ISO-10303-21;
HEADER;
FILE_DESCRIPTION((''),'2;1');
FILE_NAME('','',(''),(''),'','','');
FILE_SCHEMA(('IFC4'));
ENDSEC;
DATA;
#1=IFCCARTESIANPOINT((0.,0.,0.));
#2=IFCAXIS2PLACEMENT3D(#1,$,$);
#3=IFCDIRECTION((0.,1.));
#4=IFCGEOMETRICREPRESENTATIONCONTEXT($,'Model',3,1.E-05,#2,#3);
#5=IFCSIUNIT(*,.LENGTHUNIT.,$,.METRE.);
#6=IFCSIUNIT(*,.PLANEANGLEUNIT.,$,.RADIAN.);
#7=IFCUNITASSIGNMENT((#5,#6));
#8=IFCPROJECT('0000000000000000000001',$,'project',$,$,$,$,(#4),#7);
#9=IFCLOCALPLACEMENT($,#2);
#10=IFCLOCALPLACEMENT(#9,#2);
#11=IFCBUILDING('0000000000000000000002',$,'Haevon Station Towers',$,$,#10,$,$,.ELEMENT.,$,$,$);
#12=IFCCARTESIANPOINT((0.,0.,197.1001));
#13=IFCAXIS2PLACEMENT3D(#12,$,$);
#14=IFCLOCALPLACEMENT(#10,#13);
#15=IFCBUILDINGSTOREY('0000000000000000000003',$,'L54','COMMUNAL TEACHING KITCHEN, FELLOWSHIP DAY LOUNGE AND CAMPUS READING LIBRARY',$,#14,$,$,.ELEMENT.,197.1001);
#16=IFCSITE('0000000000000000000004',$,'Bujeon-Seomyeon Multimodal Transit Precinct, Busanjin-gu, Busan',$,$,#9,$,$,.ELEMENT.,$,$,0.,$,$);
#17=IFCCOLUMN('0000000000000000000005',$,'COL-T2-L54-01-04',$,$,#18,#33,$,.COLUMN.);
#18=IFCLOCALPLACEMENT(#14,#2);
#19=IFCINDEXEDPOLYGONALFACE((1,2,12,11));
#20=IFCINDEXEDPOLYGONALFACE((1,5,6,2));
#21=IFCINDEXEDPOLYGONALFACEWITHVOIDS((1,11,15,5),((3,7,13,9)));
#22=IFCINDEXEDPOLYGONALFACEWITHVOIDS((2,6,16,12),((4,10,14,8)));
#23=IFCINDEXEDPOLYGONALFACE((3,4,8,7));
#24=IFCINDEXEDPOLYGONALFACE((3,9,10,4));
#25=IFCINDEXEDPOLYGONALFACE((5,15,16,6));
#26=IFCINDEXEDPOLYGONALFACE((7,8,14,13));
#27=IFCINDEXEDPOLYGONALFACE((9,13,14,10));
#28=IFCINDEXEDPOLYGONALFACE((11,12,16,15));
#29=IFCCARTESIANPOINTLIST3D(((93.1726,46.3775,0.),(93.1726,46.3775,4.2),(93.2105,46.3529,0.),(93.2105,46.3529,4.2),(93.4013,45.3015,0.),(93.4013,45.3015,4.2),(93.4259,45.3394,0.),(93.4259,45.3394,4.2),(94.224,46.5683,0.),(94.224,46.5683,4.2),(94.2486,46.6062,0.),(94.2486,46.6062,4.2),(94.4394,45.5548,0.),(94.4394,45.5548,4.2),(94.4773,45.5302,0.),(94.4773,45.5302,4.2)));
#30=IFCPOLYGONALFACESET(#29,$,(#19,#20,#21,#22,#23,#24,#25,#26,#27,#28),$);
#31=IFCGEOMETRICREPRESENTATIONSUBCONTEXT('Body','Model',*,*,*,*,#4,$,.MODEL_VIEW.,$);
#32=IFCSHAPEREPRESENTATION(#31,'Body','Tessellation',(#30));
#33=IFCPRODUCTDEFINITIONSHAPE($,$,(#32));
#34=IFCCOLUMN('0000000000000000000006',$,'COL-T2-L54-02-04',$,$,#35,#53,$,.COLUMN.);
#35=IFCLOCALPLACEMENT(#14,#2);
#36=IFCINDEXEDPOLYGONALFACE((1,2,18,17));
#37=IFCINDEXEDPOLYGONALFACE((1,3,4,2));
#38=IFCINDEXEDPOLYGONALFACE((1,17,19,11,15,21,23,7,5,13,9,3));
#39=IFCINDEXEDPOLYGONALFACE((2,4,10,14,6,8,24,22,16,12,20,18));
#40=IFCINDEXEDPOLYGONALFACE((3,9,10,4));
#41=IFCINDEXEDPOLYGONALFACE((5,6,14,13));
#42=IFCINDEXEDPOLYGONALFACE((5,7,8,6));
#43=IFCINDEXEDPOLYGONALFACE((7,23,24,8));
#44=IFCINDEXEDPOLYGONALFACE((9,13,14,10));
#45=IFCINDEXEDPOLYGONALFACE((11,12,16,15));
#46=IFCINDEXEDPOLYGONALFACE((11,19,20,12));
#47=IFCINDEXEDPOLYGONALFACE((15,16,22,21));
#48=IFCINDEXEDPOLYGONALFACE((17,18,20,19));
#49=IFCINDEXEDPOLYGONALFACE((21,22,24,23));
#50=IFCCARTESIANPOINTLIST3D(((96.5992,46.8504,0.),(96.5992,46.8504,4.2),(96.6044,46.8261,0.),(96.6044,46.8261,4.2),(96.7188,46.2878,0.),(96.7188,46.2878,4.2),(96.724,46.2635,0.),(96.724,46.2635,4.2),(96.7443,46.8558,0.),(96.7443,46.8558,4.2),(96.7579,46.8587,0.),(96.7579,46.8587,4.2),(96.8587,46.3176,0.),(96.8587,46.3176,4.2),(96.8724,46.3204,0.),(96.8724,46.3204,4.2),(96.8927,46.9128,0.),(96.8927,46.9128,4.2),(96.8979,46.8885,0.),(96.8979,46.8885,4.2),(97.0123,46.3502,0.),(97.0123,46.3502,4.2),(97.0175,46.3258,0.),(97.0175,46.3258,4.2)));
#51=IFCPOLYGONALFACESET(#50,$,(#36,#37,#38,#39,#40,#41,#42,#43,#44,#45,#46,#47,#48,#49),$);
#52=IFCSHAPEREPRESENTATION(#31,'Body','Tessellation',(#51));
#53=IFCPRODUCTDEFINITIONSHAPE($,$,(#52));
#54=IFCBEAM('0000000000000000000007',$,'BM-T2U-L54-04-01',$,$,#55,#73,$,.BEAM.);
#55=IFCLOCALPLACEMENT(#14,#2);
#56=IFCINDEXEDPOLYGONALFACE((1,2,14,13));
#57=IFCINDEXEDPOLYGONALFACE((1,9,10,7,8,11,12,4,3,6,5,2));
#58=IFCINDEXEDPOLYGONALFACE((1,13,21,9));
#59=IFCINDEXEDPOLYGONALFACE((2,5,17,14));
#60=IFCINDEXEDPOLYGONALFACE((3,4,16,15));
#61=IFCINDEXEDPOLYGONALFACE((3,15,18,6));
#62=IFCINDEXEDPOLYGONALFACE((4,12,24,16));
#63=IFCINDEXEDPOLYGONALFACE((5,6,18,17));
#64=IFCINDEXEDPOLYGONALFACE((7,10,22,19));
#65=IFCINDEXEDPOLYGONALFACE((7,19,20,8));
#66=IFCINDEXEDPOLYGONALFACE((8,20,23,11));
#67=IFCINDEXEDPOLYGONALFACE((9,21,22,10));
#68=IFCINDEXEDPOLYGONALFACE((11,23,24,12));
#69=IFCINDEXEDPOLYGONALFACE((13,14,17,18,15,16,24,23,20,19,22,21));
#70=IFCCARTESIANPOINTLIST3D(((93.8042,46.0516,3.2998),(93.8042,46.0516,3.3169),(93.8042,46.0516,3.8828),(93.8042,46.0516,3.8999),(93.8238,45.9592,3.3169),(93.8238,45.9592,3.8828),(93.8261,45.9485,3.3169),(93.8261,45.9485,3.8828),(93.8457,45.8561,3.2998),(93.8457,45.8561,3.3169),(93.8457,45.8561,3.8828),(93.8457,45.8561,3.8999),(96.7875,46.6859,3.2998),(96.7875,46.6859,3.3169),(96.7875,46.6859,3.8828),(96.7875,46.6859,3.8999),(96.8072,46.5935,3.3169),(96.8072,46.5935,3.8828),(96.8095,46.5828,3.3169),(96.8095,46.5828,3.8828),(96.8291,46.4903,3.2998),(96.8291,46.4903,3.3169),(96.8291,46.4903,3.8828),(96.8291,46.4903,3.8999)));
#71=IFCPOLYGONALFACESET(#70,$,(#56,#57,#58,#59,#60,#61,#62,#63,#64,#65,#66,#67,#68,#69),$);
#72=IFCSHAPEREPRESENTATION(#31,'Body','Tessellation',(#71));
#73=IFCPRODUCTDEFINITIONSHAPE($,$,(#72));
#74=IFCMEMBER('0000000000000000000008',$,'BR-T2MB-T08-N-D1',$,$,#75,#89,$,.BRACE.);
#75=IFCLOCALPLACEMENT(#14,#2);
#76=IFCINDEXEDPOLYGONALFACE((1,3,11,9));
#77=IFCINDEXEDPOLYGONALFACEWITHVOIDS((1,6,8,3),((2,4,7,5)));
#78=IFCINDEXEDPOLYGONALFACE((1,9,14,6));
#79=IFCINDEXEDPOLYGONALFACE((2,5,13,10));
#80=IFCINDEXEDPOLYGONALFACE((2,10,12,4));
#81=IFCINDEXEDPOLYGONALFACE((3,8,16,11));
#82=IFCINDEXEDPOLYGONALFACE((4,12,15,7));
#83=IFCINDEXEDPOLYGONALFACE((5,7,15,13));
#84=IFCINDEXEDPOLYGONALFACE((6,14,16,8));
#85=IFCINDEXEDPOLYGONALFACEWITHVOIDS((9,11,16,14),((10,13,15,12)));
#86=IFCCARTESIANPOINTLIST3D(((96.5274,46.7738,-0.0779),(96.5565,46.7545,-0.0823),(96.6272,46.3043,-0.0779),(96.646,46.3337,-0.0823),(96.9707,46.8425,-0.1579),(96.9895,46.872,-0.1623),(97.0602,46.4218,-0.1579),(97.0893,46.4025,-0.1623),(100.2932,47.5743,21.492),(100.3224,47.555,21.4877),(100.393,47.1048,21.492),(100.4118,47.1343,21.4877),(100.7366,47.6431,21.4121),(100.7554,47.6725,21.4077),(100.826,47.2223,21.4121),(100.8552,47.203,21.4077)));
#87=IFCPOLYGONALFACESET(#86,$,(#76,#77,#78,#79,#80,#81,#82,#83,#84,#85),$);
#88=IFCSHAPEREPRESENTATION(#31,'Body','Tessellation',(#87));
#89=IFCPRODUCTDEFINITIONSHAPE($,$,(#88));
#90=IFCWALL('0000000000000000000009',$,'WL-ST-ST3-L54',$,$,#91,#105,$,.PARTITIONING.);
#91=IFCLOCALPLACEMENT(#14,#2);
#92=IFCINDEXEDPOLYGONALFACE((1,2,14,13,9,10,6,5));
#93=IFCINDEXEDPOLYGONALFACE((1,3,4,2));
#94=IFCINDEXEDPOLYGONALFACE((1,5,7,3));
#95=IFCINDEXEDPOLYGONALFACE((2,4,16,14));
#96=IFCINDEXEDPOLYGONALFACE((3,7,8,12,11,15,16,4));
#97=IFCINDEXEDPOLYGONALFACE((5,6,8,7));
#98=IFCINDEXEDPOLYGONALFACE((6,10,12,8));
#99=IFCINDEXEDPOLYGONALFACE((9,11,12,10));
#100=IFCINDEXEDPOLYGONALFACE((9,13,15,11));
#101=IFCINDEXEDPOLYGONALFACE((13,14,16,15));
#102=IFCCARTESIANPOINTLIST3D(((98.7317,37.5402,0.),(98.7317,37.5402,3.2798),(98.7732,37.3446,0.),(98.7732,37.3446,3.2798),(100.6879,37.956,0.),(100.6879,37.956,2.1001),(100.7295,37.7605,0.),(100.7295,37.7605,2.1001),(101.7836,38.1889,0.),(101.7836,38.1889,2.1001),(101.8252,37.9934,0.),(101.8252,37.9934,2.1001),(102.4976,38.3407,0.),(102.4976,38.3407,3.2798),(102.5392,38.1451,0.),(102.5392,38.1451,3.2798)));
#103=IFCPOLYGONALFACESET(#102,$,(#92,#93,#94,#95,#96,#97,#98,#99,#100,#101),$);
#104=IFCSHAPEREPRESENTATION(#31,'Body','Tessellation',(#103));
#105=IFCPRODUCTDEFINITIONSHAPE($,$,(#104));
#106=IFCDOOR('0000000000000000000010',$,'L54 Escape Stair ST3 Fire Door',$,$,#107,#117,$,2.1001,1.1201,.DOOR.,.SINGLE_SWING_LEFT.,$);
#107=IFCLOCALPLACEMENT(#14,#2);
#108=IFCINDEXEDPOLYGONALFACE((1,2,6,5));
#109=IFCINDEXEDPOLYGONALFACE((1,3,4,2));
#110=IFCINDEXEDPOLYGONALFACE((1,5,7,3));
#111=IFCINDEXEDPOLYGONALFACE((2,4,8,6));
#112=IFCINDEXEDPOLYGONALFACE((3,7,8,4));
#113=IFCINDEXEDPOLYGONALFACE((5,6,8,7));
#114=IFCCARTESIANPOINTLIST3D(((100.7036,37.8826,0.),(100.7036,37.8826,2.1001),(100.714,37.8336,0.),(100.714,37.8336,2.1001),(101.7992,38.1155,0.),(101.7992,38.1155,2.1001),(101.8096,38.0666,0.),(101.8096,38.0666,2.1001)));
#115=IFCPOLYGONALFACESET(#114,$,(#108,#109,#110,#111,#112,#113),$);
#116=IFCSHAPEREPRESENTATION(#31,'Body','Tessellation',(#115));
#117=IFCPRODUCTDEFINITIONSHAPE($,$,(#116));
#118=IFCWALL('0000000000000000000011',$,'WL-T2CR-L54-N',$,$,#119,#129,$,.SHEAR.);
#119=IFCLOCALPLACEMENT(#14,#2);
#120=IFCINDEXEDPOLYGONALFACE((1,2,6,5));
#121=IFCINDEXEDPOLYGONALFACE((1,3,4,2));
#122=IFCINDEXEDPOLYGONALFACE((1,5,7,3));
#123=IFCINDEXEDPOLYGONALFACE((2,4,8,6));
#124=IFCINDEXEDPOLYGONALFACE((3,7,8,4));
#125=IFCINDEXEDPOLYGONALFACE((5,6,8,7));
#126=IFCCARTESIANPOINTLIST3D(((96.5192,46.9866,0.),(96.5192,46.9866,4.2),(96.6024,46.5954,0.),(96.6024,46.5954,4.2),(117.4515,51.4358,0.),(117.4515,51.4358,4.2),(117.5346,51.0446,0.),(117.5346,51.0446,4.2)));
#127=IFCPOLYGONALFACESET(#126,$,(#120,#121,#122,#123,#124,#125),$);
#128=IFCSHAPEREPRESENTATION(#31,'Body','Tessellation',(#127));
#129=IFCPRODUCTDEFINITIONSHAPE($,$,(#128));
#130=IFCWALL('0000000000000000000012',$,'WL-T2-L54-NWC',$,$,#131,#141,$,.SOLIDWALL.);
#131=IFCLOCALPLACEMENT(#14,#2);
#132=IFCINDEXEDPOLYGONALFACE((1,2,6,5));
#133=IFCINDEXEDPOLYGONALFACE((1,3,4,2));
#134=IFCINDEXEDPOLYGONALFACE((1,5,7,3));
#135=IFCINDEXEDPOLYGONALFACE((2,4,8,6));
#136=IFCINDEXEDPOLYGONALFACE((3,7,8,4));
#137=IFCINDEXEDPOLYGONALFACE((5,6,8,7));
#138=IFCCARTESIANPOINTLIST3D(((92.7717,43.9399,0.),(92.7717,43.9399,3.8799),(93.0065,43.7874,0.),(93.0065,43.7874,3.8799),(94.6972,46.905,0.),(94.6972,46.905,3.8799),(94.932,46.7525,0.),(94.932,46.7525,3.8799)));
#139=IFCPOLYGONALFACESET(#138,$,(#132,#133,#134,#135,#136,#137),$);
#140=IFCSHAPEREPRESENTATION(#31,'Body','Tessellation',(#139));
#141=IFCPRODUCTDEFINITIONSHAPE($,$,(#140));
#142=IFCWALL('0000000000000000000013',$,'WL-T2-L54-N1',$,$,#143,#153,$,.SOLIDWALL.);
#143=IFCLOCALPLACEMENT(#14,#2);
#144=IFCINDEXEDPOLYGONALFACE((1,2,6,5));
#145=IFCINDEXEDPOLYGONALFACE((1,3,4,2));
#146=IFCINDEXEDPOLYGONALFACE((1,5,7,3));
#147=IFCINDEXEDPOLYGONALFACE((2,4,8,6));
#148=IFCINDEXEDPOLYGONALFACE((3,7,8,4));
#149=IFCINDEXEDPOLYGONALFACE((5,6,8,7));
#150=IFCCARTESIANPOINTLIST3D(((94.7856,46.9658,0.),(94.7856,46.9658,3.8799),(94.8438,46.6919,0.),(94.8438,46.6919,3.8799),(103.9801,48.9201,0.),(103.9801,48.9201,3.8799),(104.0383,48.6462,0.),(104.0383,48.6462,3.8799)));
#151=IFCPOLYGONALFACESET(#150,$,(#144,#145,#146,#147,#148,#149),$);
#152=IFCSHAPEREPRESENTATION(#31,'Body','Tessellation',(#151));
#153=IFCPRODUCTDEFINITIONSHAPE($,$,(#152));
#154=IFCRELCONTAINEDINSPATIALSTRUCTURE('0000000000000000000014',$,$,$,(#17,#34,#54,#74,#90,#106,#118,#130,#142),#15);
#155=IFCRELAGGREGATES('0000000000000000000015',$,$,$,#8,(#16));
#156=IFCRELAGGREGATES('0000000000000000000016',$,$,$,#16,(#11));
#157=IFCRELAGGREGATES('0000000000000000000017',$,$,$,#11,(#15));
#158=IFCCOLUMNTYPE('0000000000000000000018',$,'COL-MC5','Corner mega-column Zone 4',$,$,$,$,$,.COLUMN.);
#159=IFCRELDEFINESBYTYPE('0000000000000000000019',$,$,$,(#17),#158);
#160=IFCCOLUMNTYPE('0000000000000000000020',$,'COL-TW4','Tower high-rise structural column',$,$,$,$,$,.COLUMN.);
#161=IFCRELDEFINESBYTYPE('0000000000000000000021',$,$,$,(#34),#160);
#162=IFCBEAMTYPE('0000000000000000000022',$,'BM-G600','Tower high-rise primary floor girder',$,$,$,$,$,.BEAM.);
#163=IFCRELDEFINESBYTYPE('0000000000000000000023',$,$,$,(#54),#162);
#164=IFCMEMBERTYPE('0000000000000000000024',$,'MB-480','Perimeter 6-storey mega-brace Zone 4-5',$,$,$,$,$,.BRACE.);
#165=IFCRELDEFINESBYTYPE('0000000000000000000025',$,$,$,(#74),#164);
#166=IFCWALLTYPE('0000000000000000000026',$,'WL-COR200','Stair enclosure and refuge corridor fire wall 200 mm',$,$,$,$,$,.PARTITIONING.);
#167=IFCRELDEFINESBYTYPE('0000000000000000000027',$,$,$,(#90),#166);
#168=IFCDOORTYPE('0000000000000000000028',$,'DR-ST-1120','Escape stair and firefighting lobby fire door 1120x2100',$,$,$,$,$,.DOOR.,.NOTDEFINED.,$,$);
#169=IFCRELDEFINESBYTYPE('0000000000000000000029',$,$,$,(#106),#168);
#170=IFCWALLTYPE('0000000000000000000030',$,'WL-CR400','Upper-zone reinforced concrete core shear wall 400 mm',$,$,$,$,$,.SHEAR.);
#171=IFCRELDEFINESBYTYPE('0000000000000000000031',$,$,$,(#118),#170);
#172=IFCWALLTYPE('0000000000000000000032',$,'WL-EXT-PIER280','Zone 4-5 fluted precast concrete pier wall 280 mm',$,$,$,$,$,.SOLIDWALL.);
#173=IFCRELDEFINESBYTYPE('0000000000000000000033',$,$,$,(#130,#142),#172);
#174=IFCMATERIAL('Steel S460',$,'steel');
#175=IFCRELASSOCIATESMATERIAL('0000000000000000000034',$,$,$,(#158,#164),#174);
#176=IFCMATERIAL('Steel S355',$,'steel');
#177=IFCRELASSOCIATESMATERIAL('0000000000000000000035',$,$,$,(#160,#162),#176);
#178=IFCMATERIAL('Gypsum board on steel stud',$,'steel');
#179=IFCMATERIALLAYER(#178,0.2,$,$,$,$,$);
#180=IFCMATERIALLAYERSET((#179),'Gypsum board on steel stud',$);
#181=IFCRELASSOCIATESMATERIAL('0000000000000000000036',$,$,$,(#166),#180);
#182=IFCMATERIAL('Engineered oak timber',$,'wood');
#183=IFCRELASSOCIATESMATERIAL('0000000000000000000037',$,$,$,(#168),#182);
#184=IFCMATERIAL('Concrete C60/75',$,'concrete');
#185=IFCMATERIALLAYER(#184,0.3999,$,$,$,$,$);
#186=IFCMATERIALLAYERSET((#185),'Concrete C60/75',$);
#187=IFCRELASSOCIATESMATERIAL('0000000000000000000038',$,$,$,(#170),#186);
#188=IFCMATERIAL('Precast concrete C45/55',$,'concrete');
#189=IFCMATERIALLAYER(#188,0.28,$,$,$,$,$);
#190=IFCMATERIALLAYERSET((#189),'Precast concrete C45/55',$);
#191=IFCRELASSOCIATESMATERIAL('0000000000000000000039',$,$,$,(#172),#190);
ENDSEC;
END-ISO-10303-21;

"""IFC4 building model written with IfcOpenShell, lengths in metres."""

from ifc_helpers import new_model, si_unit, direction, frame, frame_2d, origin, origin_2d, place, context, subcontext, project, spatial, rectangle, hollow_rectangle, i_section, extrude, material, layer, layer_set, material_profile, profile_set, type_object, element, fill, save


model = new_model("IFC4")

# Units and contexts
model_context = context("Model", 3, precision=1e-05, world=origin(), true_north=direction((0.0, 1.0)))
body_context = subcontext(model_context, "Body", "Model", "MODEL_VIEW")
ifc_project = project(units=[si_unit("LENGTHUNIT", "METRE"), si_unit("PLANEANGLEUNIT", "RADIAN")], contexts=[model_context])

# Site, building, storey
site_placement = place(None, origin())
site = spatial("IfcSite", under=ifc_project, at=site_placement, Name="Bujeon-Seomyeon Multimodal Transit Precinct, Busanjin-gu, Busan", CompositionType="ELEMENT", RefElevation=0.0)
building_placement = place(site_placement, origin())
building = spatial("IfcBuilding", under=site, at=building_placement, Name="Haevon Station Towers", CompositionType="ELEMENT")
storey_placement = place(building_placement, frame((0.0, 0.0, 197.1001)))
storey = spatial("IfcBuildingStorey", under=building, at=storey_placement, Name="L54", Description="COMMUNAL TEACHING KITCHEN, FELLOWSHIP DAY LOUNGE AND CAMPUS READING LIBRARY", CompositionType="ELEMENT", Elevation=197.1001)

# Columns
ifc_material_1 = material(Name="Steel S460", Category="steel")
ifc_material_profile_1 = material_profile(ifc_material_1, hollow_rectangle(XDim=1.1001, YDim=1.1001, WallThickness=0.032, at=origin_2d()), Name="BOX-1100x1100x32")
ifc_profile_set_1 = profile_set([ifc_material_profile_1], Name="Steel S460")
column_type_1 = type_object("IfcColumnType", Name="COL-MC5", Description="Corner mega-column Zone 4", PredefinedType="COLUMN", material=ifc_profile_set_1)
column_1_placement = place(storey_placement, frame((93.825, 45.9539, 0.0), z_axis=(0.0, 0.0, 1.0), x_axis=(0.978148, 0.207912, 0.0)))
element("IfcColumn", 1, at=column_1_placement, inside=storey, type_object=column_type_1, Name="COL-T2-L54-01-04", PredefinedType="COLUMN", context=body_context, shape_type="SweptSolid", body=[
    extrude(hollow_rectangle(XDim=1.1001, YDim=1.1001, WallThickness=0.032, at=origin_2d()), origin(), (0.0, 0.0, 1.0), 4.2),
])
ifc_material_2 = material(Name="Steel S355", Category="steel")
ifc_material_profile_2 = material_profile(ifc_material_2, i_section(OverallWidth=0.3, OverallDepth=0.6001, WebThickness=0.0139, FlangeThickness=0.0249, at=origin_2d()), Name="H-600x300x14x25")
ifc_profile_set_2 = profile_set([ifc_material_profile_2], Name="Steel S355")
column_type_2 = type_object("IfcColumnType", Name="COL-TW4", Description="Tower high-rise structural column", PredefinedType="COLUMN", material=ifc_profile_set_2)
column_2_placement = place(storey_placement, frame((96.8083, 46.5881, 0.0), z_axis=(0.0, 0.0, 1.0), x_axis=(0.978148, 0.207912, 0.0)))
element("IfcColumn", 2, at=column_2_placement, inside=storey, type_object=column_type_2, Name="COL-T2-L54-02-04", PredefinedType="COLUMN", context=body_context, shape_type="SweptSolid", body=[
    extrude(i_section(OverallWidth=0.3, OverallDepth=0.6001, WebThickness=0.0139, FlangeThickness=0.0249, at=origin_2d()), origin(), (0.0, 0.0, 1.0), 4.2),
])

# Beam
ifc_material_profile_3 = material_profile(ifc_material_2, i_section(OverallWidth=0.2, OverallDepth=0.6001, WebThickness=0.011, FlangeThickness=0.0171, at=origin_2d()), Name="H-600x200x11x17")
ifc_profile_set_3 = profile_set([ifc_material_profile_3], Name="Steel S355")
beam_type = type_object("IfcBeamType", Name="BM-G600", Description="Tower high-rise primary floor girder", PredefinedType="BEAM", material=ifc_profile_set_3)
beam_placement = place(storey_placement, frame((93.825, 45.9539, 3.5999), z_axis=(0.978139, 0.207954, 0.0), x_axis=(-0.207954, 0.978139, 0.0)))
element("IfcBeam", 3, at=beam_placement, inside=storey, type_object=beam_type, Name="BM-T2U-L54-04-01", PredefinedType="BEAM", context=body_context, shape_type="SweptSolid", body=[
    extrude(i_section(OverallWidth=0.2, OverallDepth=0.6001, WebThickness=0.011, FlangeThickness=0.0171, at=origin_2d()), origin(), (0.0, 0.0, 1.0), 3.05),
])

# Member
ifc_material_profile_4 = material_profile(ifc_material_1, hollow_rectangle(XDim=0.48, YDim=0.48, WallThickness=0.0249, at=origin_2d()), Name="RHS-480x480x25")
ifc_profile_set_4 = profile_set([ifc_material_profile_4], Name="Steel S460")
member_type = type_object("IfcMemberType", Name="MB-480", Description="Perimeter 6-storey mega-brace Zone 4-5", PredefinedType="BRACE", material=ifc_profile_set_4)
member_placement = place(storey_placement, frame((96.8083, 46.5881, -0.1201), z_axis=(0.171871, 0.036536, 0.984442), x_axis=(-0.207931, 0.978144, 0.0)))
element("IfcMember", 4, at=member_placement, inside=storey, type_object=member_type, Name="BR-T2MB-T08-N-D1", PredefinedType="BRACE", context=body_context, shape_type="SweptSolid", body=[
    extrude(hollow_rectangle(XDim=0.48, YDim=0.48, WallThickness=0.0249, at=origin_2d()), origin(), (0.0, 0.0, 1.0), 21.9109),
])

# Wall, opening, door
ifc_material_3 = material(Name="Gypsum board on steel stud", Category="steel")
ifc_layer_1 = layer(ifc_material_3, 0.2)
ifc_layer_set_1 = layer_set([ifc_layer_1], Name="Gypsum board on steel stud")
wall_type_1 = type_object("IfcWallType", Name="WL-COR200", Description="Stair enclosure and refuge corridor fire wall 200 mm", PredefinedType="PARTITIONING", material=ifc_layer_set_1)
wall_1_placement = place(storey_placement, frame((98.7524, 37.4424, 0.0), z_axis=(0.0, 0.0, 1.0), x_axis=(0.978144, 0.207931, 0.0)))
wall_1 = element("IfcWall", 5, at=wall_1_placement, inside=storey, type_object=wall_type_1, Name="WL-ST-ST3-L54", PredefinedType="PARTITIONING", context=body_context, shape_type="SweptSolid", body=[
    extrude(rectangle(XDim=3.8501, YDim=0.2, at=frame_2d((1.925, 0.0))), origin(), (0.0, 0.0, 1.0), 3.2798),
])
opening_placement = place(wall_1_placement, frame((2.0, 0.0, 0.0)))
opening = element("IfcOpeningElement", 6, at=opening_placement, cuts=wall_1, PredefinedType="OPENING", context=body_context, shape_type="SweptSolid", body=[
    extrude(rectangle(XDim=1.1201, YDim=2.1001, at=frame_2d((0.5601, 1.05))), frame((0.0, 0.1099, 0.0), z_axis=(0.0, -1.0, 0.0), x_axis=(1.0, 0.0, 0.0)), (0.0, 0.0, 1.0), 0.22),
])
ifc_material_4 = material(Name="Engineered oak timber", Category="wood")
door_type = type_object("IfcDoorType", Name="DR-ST-1120", Description="Escape stair and firefighting lobby fire door 1120x2100", OperationType="NOTDEFINED", PredefinedType="DOOR", material=ifc_material_4)
door_placement = place(opening_placement, origin())
door = element("IfcDoor", 7, at=door_placement, inside=storey, type_object=door_type, Name="L54 Escape Stair ST3 Fire Door", OperationType="SINGLE_SWING_LEFT", OverallHeight=2.1001, OverallWidth=1.1201, PredefinedType="DOOR", context=body_context, shape_type="SweptSolid", body=[
    extrude(rectangle(XDim=1.1201, YDim=2.1001, at=frame_2d((0.5601, 1.05))), frame((0.0, 0.0249, 0.0), z_axis=(0.0, -1.0, 0.0), x_axis=(1.0, 0.0, 0.0)), (0.0, 0.0, 1.0), 0.05),
])
fill(opening, door)

# Walls
ifc_material_5 = material(Name="Concrete C60/75", Category="concrete")
ifc_layer_2 = layer(ifc_material_5, 0.3999)
ifc_layer_set_2 = layer_set([ifc_layer_2], Name="Concrete C60/75")
wall_type_2 = type_object("IfcWallType", Name="WL-CR400", Description="Upper-zone reinforced concrete core shear wall 400 mm", PredefinedType="SHEAR", material=ifc_layer_set_2)
wall_2_placement = place(storey_placement, frame((96.5608, 46.791, 0.0), z_axis=(0.0, 0.0, 1.0), x_axis=(0.978148, 0.207907, 0.0)))
element("IfcWall", 8, at=wall_2_placement, inside=storey, type_object=wall_type_2, Name="WL-T2CR-L54-N", PredefinedType="SHEAR", context=body_context, shape_type="SweptSolid", body=[
    extrude(rectangle(XDim=21.3999, YDim=0.3999, at=frame_2d((10.7, 0.0))), origin(), (0.0, 0.0, 1.0), 4.2),
])
ifc_material_6 = material(Name="Precast concrete C45/55", Category="concrete")
ifc_layer_3 = layer(ifc_material_6, 0.28)
ifc_layer_set_3 = layer_set([ifc_layer_3], Name="Precast concrete C45/55")
wall_type_3 = type_object("IfcWallType", Name="WL-EXT-PIER280", Description="Zone 4-5 fluted precast concrete pier wall 280 mm", PredefinedType="SOLIDWALL", material=ifc_layer_set_3)
wall_3_placement = place(storey_placement, frame((92.8892, 43.8638, 0.0), z_axis=(0.0, 0.0, 1.0), x_axis=(0.544636, 0.838672, 0.0)))
element("IfcWall", 9, at=wall_3_placement, inside=storey, type_object=wall_type_3, Name="WL-T2-L54-NWC", PredefinedType="SOLIDWALL", context=body_context, shape_type="SweptSolid", body=[
    extrude(rectangle(XDim=3.5354, YDim=0.28, at=frame_2d((1.7676, 0.0))), origin(), (0.0, 0.0, 1.0), 3.8799),
])
wall_4_placement = place(storey_placement, frame((94.8147, 46.8289, 0.0), z_axis=(0.0, 0.0, 1.0), x_axis=(0.978148, 0.207909, 0.0)))
element("IfcWall", 10, at=wall_4_placement, inside=storey, type_object=wall_type_3, Name="WL-T2-L54-N1", PredefinedType="SOLIDWALL", context=body_context, shape_type="SweptSolid", body=[
    extrude(rectangle(XDim=9.3999, YDim=0.28, at=frame_2d((4.7, 0.0))), origin(), (0.0, 0.0, 1.0), 3.8799),
])

save(model, "model.ifc")
